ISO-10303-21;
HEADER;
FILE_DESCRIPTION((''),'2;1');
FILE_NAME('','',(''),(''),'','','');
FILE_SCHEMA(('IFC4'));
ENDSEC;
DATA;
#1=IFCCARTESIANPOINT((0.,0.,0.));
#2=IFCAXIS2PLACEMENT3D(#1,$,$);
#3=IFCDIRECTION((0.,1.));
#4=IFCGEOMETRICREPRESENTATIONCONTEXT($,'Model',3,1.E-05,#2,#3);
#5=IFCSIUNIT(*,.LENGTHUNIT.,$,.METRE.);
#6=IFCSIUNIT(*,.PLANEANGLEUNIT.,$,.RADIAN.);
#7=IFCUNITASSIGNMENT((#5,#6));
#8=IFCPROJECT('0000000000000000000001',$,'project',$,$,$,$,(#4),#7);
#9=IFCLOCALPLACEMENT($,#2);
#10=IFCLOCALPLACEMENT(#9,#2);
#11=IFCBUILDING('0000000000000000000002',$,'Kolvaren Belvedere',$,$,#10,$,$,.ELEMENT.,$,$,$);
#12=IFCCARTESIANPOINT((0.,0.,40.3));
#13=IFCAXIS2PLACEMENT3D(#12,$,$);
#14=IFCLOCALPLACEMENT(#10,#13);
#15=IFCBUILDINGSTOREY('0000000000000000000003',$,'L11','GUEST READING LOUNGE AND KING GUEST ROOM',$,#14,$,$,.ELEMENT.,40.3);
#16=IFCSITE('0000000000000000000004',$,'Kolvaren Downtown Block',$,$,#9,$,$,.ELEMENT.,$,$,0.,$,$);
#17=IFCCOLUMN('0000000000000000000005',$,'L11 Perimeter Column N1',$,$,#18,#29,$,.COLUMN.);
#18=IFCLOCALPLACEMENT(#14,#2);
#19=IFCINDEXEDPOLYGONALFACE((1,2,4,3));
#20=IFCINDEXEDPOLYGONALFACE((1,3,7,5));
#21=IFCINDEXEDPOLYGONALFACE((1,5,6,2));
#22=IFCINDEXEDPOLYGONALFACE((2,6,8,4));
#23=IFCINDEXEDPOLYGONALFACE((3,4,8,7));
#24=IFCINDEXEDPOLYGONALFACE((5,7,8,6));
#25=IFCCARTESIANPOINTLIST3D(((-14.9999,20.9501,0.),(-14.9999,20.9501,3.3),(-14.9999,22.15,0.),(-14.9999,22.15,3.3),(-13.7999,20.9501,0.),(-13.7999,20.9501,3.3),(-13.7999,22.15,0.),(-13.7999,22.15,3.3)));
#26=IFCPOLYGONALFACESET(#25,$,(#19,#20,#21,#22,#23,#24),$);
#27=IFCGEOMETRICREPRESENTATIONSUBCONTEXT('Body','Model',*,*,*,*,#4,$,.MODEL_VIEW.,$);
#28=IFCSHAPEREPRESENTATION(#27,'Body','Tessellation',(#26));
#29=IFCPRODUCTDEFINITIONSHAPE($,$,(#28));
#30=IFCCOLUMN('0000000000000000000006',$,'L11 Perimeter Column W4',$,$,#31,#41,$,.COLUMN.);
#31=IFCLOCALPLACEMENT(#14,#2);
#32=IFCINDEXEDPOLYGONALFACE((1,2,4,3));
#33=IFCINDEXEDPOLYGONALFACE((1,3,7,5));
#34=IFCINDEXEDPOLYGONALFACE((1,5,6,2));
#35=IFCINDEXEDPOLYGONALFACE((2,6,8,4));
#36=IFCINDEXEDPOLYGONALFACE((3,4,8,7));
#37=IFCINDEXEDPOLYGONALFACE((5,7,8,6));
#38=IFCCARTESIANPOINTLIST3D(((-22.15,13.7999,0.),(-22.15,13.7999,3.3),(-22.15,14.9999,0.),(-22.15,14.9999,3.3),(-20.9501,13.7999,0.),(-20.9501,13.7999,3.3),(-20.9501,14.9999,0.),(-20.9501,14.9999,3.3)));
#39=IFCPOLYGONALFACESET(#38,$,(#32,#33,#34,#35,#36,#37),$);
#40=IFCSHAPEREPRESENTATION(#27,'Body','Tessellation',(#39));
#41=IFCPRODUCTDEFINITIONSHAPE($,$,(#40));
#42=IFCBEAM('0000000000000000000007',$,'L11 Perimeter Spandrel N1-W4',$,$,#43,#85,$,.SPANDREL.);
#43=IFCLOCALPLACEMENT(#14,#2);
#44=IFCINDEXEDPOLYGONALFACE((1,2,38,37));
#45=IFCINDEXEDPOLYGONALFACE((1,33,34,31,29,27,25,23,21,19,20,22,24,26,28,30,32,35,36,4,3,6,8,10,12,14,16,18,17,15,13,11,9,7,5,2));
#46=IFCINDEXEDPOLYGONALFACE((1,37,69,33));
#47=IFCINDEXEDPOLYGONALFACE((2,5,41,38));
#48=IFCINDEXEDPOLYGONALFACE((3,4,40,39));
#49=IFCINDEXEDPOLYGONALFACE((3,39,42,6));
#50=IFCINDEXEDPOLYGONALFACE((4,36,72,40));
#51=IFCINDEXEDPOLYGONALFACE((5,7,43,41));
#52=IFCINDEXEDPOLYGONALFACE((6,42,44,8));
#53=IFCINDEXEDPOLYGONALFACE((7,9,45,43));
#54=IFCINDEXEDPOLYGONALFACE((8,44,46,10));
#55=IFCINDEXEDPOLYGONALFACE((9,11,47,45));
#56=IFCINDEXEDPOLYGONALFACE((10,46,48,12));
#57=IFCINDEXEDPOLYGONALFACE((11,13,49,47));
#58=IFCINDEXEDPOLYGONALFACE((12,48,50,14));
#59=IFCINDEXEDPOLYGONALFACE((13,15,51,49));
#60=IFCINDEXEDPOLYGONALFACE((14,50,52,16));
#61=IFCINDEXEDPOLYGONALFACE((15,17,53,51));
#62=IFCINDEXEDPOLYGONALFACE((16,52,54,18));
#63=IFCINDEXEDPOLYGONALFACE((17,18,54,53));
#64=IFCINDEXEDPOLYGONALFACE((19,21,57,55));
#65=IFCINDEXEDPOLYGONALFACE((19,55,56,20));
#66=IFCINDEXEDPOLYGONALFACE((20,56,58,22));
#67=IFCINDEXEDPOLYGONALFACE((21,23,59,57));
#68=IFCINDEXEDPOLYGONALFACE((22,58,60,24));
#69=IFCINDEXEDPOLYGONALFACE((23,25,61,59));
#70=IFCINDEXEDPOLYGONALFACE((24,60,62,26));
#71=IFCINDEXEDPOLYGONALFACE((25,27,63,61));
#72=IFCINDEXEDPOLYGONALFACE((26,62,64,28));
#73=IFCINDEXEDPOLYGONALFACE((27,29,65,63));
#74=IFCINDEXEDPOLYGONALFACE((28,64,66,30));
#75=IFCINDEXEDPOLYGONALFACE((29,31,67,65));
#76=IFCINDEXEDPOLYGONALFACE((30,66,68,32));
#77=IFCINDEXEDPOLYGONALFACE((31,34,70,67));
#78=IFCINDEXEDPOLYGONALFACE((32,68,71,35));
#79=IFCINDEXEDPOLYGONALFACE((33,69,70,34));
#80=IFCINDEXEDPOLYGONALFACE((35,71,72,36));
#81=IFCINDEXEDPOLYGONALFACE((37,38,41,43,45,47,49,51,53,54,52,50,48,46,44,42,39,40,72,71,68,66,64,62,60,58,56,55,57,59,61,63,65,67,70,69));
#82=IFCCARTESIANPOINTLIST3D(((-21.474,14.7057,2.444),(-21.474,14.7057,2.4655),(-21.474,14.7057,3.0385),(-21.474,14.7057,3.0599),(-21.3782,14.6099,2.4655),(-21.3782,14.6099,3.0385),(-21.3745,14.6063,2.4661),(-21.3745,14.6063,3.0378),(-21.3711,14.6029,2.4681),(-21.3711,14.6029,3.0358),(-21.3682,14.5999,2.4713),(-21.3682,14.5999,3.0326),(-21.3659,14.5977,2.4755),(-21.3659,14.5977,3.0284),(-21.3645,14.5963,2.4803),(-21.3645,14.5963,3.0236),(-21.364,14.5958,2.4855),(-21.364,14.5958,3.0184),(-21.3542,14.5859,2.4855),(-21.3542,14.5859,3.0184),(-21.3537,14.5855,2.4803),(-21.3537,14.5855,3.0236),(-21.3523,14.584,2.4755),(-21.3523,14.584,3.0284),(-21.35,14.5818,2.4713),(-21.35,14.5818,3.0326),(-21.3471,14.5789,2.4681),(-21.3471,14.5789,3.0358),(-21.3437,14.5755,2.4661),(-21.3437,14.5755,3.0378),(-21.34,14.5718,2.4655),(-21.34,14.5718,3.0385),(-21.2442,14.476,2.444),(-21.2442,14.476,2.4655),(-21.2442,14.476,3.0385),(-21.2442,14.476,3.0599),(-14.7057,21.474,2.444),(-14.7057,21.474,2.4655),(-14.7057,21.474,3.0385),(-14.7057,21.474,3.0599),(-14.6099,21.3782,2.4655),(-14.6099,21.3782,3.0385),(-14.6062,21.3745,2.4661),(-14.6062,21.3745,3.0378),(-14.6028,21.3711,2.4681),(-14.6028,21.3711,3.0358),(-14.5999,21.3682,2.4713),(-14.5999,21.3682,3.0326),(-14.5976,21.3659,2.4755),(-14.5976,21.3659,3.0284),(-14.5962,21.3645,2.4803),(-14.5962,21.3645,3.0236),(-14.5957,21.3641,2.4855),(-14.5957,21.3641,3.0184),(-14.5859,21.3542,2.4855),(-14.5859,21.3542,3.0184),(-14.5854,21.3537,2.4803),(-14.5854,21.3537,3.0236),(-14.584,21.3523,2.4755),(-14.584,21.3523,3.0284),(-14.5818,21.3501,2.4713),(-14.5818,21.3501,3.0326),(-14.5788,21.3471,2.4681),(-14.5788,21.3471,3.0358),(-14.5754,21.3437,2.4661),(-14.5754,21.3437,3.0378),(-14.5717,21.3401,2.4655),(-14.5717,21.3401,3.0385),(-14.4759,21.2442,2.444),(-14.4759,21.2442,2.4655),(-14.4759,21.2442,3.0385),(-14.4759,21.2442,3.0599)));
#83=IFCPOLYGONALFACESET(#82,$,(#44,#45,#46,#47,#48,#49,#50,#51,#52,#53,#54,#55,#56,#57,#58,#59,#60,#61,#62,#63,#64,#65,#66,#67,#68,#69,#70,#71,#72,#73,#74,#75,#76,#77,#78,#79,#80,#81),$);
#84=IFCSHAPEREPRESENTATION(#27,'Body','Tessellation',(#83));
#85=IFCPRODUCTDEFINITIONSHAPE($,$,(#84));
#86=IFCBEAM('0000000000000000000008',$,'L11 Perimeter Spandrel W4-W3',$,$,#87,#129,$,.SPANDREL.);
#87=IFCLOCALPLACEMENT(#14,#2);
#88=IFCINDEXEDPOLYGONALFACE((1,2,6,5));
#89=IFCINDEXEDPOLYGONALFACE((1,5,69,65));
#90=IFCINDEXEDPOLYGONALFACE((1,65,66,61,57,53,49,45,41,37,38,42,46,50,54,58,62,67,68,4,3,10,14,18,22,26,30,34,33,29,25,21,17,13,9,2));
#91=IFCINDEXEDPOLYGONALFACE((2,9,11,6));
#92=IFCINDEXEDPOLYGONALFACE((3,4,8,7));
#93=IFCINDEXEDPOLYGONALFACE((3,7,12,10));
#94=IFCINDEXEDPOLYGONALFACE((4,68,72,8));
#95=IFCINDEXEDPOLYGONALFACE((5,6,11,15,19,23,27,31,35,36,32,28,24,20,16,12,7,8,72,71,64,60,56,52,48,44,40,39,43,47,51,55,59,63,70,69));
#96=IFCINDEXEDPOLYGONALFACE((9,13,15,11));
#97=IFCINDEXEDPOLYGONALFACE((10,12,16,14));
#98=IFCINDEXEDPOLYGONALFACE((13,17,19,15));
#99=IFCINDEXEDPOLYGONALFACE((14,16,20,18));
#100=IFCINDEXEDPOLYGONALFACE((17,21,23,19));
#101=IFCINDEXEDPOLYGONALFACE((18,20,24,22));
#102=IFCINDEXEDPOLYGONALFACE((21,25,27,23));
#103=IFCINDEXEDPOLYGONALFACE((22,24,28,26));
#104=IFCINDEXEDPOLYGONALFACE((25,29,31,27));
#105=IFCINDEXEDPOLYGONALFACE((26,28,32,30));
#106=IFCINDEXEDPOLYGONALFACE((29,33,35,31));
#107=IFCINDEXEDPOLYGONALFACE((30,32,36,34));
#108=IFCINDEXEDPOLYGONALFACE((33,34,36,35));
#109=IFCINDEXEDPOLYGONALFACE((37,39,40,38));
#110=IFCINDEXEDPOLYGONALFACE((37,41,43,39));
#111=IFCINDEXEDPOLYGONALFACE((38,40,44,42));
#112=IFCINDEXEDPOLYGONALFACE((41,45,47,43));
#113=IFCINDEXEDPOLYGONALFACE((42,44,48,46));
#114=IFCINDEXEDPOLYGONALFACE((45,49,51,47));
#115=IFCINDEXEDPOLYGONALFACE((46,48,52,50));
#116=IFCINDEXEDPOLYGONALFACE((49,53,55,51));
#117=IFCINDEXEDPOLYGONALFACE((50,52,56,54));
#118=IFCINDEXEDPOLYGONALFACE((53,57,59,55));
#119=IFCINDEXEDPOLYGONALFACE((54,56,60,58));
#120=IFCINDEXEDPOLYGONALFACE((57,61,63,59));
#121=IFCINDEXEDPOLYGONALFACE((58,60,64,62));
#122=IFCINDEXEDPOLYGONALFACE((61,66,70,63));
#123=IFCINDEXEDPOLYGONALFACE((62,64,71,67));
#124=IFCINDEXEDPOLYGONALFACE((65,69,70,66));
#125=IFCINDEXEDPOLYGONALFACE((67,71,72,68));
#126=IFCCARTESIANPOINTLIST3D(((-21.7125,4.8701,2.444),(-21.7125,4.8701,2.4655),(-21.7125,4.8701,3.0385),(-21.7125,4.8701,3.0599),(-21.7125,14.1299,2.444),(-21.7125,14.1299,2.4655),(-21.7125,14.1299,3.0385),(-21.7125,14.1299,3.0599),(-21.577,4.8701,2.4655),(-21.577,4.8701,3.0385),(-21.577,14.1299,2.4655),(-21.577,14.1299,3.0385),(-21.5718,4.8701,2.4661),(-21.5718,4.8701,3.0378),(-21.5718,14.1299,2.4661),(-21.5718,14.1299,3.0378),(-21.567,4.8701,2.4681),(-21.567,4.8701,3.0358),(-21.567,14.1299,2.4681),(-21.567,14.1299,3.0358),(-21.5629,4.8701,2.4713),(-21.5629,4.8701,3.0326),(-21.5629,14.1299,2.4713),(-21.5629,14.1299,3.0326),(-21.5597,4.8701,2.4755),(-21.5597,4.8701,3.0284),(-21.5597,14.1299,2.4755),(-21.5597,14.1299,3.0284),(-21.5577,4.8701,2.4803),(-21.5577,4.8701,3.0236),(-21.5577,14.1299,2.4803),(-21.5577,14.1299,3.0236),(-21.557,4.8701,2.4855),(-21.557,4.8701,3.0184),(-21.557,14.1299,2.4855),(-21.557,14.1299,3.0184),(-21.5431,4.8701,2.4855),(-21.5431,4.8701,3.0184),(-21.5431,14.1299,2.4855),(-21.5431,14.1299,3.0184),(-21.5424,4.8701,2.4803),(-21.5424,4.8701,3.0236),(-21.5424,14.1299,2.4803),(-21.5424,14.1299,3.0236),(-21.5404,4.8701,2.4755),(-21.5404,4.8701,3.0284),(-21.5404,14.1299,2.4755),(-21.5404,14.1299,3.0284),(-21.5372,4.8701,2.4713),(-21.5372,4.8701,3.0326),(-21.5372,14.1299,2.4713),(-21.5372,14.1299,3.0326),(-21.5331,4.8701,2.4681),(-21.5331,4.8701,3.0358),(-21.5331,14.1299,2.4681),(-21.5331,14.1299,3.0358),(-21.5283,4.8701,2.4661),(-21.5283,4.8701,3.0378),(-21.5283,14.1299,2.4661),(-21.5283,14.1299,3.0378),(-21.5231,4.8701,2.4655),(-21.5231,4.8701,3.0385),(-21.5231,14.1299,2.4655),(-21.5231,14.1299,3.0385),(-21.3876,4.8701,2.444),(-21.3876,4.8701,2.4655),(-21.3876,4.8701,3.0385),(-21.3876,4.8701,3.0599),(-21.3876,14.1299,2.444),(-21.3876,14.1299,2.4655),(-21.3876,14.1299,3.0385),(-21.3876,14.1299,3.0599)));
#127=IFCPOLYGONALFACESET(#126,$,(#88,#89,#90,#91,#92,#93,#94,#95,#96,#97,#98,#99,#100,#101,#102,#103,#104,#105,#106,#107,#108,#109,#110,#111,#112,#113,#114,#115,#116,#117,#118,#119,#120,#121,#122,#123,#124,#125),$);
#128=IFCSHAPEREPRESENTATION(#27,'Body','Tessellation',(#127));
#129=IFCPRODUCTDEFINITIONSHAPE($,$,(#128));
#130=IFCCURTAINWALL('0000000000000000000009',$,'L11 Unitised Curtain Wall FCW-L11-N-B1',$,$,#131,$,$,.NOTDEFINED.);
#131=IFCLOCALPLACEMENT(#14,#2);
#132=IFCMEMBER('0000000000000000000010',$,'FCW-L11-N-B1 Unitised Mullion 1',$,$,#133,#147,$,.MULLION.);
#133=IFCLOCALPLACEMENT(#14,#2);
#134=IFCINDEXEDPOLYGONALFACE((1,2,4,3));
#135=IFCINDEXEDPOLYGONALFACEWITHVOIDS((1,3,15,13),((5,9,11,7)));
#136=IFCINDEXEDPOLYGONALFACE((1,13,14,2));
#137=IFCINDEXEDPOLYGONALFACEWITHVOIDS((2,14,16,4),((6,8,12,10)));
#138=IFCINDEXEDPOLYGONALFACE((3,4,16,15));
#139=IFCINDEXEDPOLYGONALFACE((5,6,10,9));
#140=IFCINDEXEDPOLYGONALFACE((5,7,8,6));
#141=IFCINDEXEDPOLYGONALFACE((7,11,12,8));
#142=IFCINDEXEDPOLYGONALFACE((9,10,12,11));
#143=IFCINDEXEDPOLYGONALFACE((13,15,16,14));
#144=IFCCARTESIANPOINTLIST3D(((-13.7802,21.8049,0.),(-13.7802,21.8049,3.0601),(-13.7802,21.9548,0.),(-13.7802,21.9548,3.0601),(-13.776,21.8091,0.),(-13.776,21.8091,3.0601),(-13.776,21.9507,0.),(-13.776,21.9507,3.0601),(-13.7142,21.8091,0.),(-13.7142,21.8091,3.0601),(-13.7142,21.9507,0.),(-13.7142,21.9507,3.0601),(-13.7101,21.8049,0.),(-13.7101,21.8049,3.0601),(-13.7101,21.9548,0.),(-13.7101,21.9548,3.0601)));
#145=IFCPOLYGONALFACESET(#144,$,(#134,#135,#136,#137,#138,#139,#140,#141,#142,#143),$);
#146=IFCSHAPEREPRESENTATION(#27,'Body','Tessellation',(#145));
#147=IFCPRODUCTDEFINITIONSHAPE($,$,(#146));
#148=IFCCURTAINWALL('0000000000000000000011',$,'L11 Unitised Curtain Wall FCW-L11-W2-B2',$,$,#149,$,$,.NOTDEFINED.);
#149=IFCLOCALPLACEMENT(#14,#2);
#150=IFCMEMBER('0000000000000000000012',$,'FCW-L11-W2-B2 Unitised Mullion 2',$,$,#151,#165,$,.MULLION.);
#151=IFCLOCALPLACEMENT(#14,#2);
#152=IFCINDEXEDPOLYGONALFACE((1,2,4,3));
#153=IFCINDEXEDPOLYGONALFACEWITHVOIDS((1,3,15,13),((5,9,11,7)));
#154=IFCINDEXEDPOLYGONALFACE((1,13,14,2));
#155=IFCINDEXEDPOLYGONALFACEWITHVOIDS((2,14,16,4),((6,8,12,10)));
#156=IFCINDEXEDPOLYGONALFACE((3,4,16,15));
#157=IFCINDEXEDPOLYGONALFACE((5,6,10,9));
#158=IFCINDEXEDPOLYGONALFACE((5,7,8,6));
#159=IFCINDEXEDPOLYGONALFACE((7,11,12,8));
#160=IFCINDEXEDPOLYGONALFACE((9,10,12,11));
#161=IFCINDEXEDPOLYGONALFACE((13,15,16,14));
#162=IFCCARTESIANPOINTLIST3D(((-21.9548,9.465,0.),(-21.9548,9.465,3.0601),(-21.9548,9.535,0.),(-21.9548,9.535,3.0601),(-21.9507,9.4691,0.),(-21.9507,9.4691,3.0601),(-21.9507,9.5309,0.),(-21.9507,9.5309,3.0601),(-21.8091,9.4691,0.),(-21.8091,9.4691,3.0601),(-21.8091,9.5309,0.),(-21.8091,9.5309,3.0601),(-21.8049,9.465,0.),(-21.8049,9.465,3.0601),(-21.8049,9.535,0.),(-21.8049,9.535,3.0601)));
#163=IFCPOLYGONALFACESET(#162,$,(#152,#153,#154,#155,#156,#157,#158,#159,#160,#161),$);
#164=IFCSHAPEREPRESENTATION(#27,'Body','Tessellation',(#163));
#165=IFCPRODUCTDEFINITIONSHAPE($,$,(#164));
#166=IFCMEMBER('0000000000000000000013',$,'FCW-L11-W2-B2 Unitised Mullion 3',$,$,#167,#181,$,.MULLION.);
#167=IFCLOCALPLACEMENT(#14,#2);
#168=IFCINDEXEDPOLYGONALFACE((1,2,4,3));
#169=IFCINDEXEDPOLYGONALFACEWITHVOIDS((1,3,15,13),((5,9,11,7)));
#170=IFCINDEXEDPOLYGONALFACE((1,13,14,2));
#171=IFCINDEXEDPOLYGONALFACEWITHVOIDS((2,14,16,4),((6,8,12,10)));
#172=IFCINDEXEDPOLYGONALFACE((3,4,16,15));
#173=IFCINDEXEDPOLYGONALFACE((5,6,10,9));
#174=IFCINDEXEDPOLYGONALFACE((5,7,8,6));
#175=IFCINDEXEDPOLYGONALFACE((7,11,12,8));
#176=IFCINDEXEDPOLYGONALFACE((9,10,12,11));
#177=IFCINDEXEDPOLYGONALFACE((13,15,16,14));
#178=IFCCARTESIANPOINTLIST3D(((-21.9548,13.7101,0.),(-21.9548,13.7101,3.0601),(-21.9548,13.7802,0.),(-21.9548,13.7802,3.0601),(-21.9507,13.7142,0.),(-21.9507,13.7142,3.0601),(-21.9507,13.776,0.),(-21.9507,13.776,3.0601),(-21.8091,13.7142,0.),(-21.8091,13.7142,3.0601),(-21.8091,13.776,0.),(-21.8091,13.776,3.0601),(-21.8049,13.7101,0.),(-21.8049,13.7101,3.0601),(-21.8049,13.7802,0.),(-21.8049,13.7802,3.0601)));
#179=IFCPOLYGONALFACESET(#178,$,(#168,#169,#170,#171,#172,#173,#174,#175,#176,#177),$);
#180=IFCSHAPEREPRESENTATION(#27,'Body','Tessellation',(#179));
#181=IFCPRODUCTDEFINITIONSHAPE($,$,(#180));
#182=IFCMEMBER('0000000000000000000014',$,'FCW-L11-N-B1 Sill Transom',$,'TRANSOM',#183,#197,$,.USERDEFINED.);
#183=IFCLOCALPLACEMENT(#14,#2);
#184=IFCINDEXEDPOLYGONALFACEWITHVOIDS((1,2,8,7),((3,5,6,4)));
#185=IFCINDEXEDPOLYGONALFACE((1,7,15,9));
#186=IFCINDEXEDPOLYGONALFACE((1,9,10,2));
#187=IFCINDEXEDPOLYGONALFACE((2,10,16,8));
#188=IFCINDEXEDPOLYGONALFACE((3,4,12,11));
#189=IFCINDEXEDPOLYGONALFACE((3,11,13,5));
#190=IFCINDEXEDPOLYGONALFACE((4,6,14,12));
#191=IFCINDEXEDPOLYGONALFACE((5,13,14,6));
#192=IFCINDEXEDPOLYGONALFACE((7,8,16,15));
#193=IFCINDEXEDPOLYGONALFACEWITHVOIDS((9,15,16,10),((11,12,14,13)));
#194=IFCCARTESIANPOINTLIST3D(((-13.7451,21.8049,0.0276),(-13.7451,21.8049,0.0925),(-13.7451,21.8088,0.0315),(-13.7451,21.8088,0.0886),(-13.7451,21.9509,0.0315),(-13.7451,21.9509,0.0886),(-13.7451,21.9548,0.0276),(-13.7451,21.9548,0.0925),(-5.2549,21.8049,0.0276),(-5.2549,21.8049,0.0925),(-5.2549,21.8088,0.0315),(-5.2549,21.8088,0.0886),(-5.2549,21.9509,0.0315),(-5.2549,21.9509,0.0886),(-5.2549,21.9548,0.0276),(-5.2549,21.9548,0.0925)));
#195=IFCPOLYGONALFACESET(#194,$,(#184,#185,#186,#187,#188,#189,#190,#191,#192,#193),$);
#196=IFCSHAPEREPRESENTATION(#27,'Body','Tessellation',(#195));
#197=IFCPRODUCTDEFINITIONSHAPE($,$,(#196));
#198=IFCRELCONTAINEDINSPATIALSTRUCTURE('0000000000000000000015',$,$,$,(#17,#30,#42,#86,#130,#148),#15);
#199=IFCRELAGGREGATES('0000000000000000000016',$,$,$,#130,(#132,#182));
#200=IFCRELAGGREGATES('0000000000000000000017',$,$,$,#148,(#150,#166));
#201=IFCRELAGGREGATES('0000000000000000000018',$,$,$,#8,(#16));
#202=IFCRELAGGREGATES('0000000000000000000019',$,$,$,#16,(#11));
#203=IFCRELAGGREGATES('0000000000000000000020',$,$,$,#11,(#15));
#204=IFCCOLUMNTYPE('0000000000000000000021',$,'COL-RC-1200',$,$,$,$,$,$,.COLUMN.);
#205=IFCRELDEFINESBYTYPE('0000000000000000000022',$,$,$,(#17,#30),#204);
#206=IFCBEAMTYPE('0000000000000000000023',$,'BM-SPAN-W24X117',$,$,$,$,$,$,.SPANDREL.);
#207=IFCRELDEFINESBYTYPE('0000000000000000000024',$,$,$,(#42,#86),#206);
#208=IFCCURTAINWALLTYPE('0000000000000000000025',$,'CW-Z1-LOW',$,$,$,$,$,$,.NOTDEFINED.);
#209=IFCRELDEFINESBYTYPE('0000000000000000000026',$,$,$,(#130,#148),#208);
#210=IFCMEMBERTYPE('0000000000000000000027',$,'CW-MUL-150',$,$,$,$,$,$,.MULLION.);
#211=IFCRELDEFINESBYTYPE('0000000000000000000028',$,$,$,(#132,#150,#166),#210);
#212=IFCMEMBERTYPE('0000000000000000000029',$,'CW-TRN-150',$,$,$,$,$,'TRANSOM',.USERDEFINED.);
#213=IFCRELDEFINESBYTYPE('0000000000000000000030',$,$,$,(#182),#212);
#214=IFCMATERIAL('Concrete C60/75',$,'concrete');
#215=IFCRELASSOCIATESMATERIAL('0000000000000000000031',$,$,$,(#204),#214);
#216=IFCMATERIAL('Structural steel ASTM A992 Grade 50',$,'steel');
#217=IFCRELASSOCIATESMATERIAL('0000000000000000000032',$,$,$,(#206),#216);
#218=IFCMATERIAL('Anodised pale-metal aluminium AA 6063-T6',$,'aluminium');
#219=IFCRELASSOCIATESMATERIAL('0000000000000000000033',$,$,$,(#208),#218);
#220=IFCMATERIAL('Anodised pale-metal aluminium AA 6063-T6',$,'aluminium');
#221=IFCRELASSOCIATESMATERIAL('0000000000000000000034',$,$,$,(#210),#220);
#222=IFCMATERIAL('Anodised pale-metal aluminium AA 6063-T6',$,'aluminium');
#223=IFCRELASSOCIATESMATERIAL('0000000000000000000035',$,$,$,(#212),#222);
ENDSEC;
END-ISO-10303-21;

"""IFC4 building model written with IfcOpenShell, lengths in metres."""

from ifc_helpers import new_model, si_unit, direction, frame, origin, origin_2d, place, context, subcontext, project, spatial, rectangle, hollow_rectangle, i_section, extrude, material, material_profile, profile_set, type_object, element, aggregate, save


model = new_model("IFC4")

# Units and contexts
model_context = context("Model", 3, precision=1e-05, world=origin(), true_north=direction((0.0, 1.0)))
body_context = subcontext(model_context, "Body", "Model", "MODEL_VIEW")
ifc_project = project(units=[si_unit("LENGTHUNIT", "METRE"), si_unit("PLANEANGLEUNIT", "RADIAN")], contexts=[model_context])

# Site, building, storey
site_placement = place(None, origin())
site = spatial("IfcSite", under=ifc_project, at=site_placement, Name="Kolvaren Downtown Block", CompositionType="ELEMENT", RefElevation=0.0)
building_placement = place(site_placement, origin())
building = spatial("IfcBuilding", under=site, at=building_placement, Name="Kolvaren Belvedere", CompositionType="ELEMENT")
storey_placement = place(building_placement, frame((0.0, 0.0, 40.3)))
storey = spatial("IfcBuildingStorey", under=building, at=storey_placement, Name="L11", Description="GUEST READING LOUNGE AND KING GUEST ROOM", CompositionType="ELEMENT", Elevation=40.3)

# Columns
ifc_material_1 = material(Name="Concrete C60/75", Category="concrete")
ifc_material_profile_1 = material_profile(ifc_material_1, rectangle(XDim=1.2, YDim=1.2, at=origin_2d()), Name="RC 1200X1200")
ifc_profile_set_1 = profile_set([ifc_material_profile_1], Name="Concrete C60/75")
column_type = type_object("IfcColumnType", Name="COL-RC-1200", PredefinedType="COLUMN", material=ifc_profile_set_1)
for number, where, z_axis, x_axis, name in (
    (1, (-14.3999, 21.55, 0.0), (0.0, 0.0, 1.0), (1.0, 0.0, 0.0), "L11 Perimeter Column N1"),
    (2, (-21.55, 14.3999, 0.0), (0.0, 0.0, 1.0), (1.0, 0.0, 0.0), "L11 Perimeter Column W4"),
):
    element("IfcColumn", number, at=place(storey_placement, frame(where, z_axis=z_axis, x_axis=x_axis)), inside=storey, type_object=column_type, Name=name, PredefinedType="COLUMN", context=body_context, shape_type="SweptSolid", body=[
        extrude(rectangle(XDim=1.2, YDim=1.2, at=origin_2d()), origin(), (0.0, 0.0, 1.0), 3.3),
    ])

# Beams
ifc_material_2 = material(Name="Structural steel ASTM A992 Grade 50", Category="steel")
ifc_material_profile_2 = material_profile(ifc_material_2, i_section(OverallWidth=0.325, OverallDepth=0.616, WebThickness=0.0139, FlangeThickness=0.0215, FilletRadius=0.02, at=origin_2d()), Name="W24X117")
ifc_profile_set_2 = profile_set([ifc_material_profile_2], Name="Structural steel ASTM A992 Grade 50")
beam_type = type_object("IfcBeamType", Name="BM-SPAN-W24X117", PredefinedType="SPANDREL", material=ifc_profile_set_2)
beam_1_placement = place(storey_placement, frame((-14.5908, 21.3591, 2.752), z_axis=(-0.707107, -0.707107, 0.0), x_axis=(0.707107, -0.707107, 0.0)))
element("IfcBeam", 3, at=beam_1_placement, inside=storey, type_object=beam_type, Name="L11 Perimeter Spandrel N1-W4", PredefinedType="SPANDREL", context=body_context, shape_type="SweptSolid", body=[
    extrude(i_section(OverallWidth=0.325, OverallDepth=0.616, WebThickness=0.0139, FlangeThickness=0.0215, FilletRadius=0.02, at=origin_2d()), origin(), (0.0, 0.0, 1.0), 9.5718),
])
beam_2_placement = place(storey_placement, frame((-21.55, 14.1299, 2.752), z_axis=(0.0, -1.0, 0.0), x_axis=(1.0, 0.0, 0.0)))
element("IfcBeam", 4, at=beam_2_placement, inside=storey, type_object=beam_type, Name="L11 Perimeter Spandrel W4-W3", PredefinedType="SPANDREL", context=body_context, shape_type="SweptSolid", body=[
    extrude(i_section(OverallWidth=0.325, OverallDepth=0.616, WebThickness=0.0139, FlangeThickness=0.0215, FilletRadius=0.02, at=origin_2d()), origin(), (0.0, 0.0, 1.0), 9.2598),
])

# Curtain wall, member
ifc_material_3 = material(Name="Anodised pale-metal aluminium AA 6063-T6", Category="aluminium")
curtain_wall_type = type_object("IfcCurtainWallType", Name="CW-Z1-LOW", PredefinedType="NOTDEFINED", material=ifc_material_3)
curtain_wall_1_placement = place(storey_placement, origin())
curtain_wall_1 = element("IfcCurtainWall", 5, at=curtain_wall_1_placement, inside=storey, type_object=curtain_wall_type, Name="L11 Unitised Curtain Wall FCW-L11-N-B1", PredefinedType="NOTDEFINED")
ifc_material_4 = material(Name="Anodised pale-metal aluminium AA 6063-T6", Category="aluminium")
ifc_material_profile_3 = material_profile(ifc_material_4, hollow_rectangle(XDim=0.0701, YDim=0.1499, WallThickness=0.0042, at=origin_2d()), Name="ALU-MUL-150X70")
ifc_profile_set_3 = profile_set([ifc_material_profile_3], Name="Anodised pale-metal aluminium AA 6063-T6")
member_type_1 = type_object("IfcMemberType", Name="CW-MUL-150", PredefinedType="MULLION", material=ifc_profile_set_3)
member_1_placement = place(storey_placement, frame((-13.7451, 21.8799, 0.0), z_axis=(0.0, 0.0, 1.0), x_axis=(1.0, 0.0, 0.0)))
member_1 = element("IfcMember", 6, at=member_1_placement, type_object=member_type_1, Name="FCW-L11-N-B1 Unitised Mullion 1", PredefinedType="MULLION", context=body_context, shape_type="SweptSolid", body=[
    extrude(hollow_rectangle(XDim=0.0701, YDim=0.1499, WallThickness=0.0042, at=origin_2d()), origin(), (0.0, 0.0, 1.0), 3.0601),
])

# Curtain wall, members
curtain_wall_2_placement = place(storey_placement, origin())
curtain_wall_2 = element("IfcCurtainWall", 7, at=curtain_wall_2_placement, inside=storey, type_object=curtain_wall_type, Name="L11 Unitised Curtain Wall FCW-L11-W2-B2", PredefinedType="NOTDEFINED")
member_2_placement = place(storey_placement, frame((-21.8799, 9.5, 0.0), z_axis=(0.0, 0.0, 1.0), x_axis=(0.0, 1.0, 0.0)))
member_2 = element("IfcMember", 8, at=member_2_placement, type_object=member_type_1, Name="FCW-L11-W2-B2 Unitised Mullion 2", PredefinedType="MULLION", context=body_context, shape_type="SweptSolid", body=[
    extrude(hollow_rectangle(XDim=0.0701, YDim=0.1499, WallThickness=0.0042, at=origin_2d()), origin(), (0.0, 0.0, 1.0), 3.0601),
])
member_3_placement = place(storey_placement, frame((-21.8799, 13.7451, 0.0), z_axis=(0.0, 0.0, 1.0), x_axis=(0.0, 1.0, 0.0)))
member_3 = element("IfcMember", 9, at=member_3_placement, type_object=member_type_1, Name="FCW-L11-W2-B2 Unitised Mullion 3", PredefinedType="MULLION", context=body_context, shape_type="SweptSolid", body=[
    extrude(hollow_rectangle(XDim=0.0701, YDim=0.1499, WallThickness=0.0042, at=origin_2d()), origin(), (0.0, 0.0, 1.0), 3.0601),
])

# Member
ifc_material_5 = material(Name="Anodised pale-metal aluminium AA 6063-T6", Category="aluminium")
ifc_material_profile_4 = material_profile(ifc_material_5, hollow_rectangle(XDim=0.0649, YDim=0.1499, WallThickness=0.0039, at=origin_2d()), Name="ALU-TRN-150X65")
ifc_profile_set_4 = profile_set([ifc_material_profile_4], Name="Anodised pale-metal aluminium AA 6063-T6")
member_type_2 = type_object("IfcMemberType", Name="CW-TRN-150", ElementType="TRANSOM", PredefinedType="USERDEFINED", material=ifc_profile_set_4)
member_4_placement = place(storey_placement, frame((-13.7451, 21.8799, 0.0601), z_axis=(1.0, 0.0, 0.0), x_axis=(0.0, 0.0, 1.0)))
member_4 = element("IfcMember", 10, at=member_4_placement, type_object=member_type_2, Name="FCW-L11-N-B1 Sill Transom", ObjectType="TRANSOM", PredefinedType="USERDEFINED", context=body_context, shape_type="SweptSolid", body=[
    extrude(hollow_rectangle(XDim=0.0649, YDim=0.1499, WallThickness=0.0039, at=origin_2d()), origin(), (0.0, 0.0, 1.0), 8.4902),
])
aggregate(curtain_wall_1, [member_1, member_4])

aggregate(curtain_wall_2, [member_2, member_3])

save(model, "model.ifc")
